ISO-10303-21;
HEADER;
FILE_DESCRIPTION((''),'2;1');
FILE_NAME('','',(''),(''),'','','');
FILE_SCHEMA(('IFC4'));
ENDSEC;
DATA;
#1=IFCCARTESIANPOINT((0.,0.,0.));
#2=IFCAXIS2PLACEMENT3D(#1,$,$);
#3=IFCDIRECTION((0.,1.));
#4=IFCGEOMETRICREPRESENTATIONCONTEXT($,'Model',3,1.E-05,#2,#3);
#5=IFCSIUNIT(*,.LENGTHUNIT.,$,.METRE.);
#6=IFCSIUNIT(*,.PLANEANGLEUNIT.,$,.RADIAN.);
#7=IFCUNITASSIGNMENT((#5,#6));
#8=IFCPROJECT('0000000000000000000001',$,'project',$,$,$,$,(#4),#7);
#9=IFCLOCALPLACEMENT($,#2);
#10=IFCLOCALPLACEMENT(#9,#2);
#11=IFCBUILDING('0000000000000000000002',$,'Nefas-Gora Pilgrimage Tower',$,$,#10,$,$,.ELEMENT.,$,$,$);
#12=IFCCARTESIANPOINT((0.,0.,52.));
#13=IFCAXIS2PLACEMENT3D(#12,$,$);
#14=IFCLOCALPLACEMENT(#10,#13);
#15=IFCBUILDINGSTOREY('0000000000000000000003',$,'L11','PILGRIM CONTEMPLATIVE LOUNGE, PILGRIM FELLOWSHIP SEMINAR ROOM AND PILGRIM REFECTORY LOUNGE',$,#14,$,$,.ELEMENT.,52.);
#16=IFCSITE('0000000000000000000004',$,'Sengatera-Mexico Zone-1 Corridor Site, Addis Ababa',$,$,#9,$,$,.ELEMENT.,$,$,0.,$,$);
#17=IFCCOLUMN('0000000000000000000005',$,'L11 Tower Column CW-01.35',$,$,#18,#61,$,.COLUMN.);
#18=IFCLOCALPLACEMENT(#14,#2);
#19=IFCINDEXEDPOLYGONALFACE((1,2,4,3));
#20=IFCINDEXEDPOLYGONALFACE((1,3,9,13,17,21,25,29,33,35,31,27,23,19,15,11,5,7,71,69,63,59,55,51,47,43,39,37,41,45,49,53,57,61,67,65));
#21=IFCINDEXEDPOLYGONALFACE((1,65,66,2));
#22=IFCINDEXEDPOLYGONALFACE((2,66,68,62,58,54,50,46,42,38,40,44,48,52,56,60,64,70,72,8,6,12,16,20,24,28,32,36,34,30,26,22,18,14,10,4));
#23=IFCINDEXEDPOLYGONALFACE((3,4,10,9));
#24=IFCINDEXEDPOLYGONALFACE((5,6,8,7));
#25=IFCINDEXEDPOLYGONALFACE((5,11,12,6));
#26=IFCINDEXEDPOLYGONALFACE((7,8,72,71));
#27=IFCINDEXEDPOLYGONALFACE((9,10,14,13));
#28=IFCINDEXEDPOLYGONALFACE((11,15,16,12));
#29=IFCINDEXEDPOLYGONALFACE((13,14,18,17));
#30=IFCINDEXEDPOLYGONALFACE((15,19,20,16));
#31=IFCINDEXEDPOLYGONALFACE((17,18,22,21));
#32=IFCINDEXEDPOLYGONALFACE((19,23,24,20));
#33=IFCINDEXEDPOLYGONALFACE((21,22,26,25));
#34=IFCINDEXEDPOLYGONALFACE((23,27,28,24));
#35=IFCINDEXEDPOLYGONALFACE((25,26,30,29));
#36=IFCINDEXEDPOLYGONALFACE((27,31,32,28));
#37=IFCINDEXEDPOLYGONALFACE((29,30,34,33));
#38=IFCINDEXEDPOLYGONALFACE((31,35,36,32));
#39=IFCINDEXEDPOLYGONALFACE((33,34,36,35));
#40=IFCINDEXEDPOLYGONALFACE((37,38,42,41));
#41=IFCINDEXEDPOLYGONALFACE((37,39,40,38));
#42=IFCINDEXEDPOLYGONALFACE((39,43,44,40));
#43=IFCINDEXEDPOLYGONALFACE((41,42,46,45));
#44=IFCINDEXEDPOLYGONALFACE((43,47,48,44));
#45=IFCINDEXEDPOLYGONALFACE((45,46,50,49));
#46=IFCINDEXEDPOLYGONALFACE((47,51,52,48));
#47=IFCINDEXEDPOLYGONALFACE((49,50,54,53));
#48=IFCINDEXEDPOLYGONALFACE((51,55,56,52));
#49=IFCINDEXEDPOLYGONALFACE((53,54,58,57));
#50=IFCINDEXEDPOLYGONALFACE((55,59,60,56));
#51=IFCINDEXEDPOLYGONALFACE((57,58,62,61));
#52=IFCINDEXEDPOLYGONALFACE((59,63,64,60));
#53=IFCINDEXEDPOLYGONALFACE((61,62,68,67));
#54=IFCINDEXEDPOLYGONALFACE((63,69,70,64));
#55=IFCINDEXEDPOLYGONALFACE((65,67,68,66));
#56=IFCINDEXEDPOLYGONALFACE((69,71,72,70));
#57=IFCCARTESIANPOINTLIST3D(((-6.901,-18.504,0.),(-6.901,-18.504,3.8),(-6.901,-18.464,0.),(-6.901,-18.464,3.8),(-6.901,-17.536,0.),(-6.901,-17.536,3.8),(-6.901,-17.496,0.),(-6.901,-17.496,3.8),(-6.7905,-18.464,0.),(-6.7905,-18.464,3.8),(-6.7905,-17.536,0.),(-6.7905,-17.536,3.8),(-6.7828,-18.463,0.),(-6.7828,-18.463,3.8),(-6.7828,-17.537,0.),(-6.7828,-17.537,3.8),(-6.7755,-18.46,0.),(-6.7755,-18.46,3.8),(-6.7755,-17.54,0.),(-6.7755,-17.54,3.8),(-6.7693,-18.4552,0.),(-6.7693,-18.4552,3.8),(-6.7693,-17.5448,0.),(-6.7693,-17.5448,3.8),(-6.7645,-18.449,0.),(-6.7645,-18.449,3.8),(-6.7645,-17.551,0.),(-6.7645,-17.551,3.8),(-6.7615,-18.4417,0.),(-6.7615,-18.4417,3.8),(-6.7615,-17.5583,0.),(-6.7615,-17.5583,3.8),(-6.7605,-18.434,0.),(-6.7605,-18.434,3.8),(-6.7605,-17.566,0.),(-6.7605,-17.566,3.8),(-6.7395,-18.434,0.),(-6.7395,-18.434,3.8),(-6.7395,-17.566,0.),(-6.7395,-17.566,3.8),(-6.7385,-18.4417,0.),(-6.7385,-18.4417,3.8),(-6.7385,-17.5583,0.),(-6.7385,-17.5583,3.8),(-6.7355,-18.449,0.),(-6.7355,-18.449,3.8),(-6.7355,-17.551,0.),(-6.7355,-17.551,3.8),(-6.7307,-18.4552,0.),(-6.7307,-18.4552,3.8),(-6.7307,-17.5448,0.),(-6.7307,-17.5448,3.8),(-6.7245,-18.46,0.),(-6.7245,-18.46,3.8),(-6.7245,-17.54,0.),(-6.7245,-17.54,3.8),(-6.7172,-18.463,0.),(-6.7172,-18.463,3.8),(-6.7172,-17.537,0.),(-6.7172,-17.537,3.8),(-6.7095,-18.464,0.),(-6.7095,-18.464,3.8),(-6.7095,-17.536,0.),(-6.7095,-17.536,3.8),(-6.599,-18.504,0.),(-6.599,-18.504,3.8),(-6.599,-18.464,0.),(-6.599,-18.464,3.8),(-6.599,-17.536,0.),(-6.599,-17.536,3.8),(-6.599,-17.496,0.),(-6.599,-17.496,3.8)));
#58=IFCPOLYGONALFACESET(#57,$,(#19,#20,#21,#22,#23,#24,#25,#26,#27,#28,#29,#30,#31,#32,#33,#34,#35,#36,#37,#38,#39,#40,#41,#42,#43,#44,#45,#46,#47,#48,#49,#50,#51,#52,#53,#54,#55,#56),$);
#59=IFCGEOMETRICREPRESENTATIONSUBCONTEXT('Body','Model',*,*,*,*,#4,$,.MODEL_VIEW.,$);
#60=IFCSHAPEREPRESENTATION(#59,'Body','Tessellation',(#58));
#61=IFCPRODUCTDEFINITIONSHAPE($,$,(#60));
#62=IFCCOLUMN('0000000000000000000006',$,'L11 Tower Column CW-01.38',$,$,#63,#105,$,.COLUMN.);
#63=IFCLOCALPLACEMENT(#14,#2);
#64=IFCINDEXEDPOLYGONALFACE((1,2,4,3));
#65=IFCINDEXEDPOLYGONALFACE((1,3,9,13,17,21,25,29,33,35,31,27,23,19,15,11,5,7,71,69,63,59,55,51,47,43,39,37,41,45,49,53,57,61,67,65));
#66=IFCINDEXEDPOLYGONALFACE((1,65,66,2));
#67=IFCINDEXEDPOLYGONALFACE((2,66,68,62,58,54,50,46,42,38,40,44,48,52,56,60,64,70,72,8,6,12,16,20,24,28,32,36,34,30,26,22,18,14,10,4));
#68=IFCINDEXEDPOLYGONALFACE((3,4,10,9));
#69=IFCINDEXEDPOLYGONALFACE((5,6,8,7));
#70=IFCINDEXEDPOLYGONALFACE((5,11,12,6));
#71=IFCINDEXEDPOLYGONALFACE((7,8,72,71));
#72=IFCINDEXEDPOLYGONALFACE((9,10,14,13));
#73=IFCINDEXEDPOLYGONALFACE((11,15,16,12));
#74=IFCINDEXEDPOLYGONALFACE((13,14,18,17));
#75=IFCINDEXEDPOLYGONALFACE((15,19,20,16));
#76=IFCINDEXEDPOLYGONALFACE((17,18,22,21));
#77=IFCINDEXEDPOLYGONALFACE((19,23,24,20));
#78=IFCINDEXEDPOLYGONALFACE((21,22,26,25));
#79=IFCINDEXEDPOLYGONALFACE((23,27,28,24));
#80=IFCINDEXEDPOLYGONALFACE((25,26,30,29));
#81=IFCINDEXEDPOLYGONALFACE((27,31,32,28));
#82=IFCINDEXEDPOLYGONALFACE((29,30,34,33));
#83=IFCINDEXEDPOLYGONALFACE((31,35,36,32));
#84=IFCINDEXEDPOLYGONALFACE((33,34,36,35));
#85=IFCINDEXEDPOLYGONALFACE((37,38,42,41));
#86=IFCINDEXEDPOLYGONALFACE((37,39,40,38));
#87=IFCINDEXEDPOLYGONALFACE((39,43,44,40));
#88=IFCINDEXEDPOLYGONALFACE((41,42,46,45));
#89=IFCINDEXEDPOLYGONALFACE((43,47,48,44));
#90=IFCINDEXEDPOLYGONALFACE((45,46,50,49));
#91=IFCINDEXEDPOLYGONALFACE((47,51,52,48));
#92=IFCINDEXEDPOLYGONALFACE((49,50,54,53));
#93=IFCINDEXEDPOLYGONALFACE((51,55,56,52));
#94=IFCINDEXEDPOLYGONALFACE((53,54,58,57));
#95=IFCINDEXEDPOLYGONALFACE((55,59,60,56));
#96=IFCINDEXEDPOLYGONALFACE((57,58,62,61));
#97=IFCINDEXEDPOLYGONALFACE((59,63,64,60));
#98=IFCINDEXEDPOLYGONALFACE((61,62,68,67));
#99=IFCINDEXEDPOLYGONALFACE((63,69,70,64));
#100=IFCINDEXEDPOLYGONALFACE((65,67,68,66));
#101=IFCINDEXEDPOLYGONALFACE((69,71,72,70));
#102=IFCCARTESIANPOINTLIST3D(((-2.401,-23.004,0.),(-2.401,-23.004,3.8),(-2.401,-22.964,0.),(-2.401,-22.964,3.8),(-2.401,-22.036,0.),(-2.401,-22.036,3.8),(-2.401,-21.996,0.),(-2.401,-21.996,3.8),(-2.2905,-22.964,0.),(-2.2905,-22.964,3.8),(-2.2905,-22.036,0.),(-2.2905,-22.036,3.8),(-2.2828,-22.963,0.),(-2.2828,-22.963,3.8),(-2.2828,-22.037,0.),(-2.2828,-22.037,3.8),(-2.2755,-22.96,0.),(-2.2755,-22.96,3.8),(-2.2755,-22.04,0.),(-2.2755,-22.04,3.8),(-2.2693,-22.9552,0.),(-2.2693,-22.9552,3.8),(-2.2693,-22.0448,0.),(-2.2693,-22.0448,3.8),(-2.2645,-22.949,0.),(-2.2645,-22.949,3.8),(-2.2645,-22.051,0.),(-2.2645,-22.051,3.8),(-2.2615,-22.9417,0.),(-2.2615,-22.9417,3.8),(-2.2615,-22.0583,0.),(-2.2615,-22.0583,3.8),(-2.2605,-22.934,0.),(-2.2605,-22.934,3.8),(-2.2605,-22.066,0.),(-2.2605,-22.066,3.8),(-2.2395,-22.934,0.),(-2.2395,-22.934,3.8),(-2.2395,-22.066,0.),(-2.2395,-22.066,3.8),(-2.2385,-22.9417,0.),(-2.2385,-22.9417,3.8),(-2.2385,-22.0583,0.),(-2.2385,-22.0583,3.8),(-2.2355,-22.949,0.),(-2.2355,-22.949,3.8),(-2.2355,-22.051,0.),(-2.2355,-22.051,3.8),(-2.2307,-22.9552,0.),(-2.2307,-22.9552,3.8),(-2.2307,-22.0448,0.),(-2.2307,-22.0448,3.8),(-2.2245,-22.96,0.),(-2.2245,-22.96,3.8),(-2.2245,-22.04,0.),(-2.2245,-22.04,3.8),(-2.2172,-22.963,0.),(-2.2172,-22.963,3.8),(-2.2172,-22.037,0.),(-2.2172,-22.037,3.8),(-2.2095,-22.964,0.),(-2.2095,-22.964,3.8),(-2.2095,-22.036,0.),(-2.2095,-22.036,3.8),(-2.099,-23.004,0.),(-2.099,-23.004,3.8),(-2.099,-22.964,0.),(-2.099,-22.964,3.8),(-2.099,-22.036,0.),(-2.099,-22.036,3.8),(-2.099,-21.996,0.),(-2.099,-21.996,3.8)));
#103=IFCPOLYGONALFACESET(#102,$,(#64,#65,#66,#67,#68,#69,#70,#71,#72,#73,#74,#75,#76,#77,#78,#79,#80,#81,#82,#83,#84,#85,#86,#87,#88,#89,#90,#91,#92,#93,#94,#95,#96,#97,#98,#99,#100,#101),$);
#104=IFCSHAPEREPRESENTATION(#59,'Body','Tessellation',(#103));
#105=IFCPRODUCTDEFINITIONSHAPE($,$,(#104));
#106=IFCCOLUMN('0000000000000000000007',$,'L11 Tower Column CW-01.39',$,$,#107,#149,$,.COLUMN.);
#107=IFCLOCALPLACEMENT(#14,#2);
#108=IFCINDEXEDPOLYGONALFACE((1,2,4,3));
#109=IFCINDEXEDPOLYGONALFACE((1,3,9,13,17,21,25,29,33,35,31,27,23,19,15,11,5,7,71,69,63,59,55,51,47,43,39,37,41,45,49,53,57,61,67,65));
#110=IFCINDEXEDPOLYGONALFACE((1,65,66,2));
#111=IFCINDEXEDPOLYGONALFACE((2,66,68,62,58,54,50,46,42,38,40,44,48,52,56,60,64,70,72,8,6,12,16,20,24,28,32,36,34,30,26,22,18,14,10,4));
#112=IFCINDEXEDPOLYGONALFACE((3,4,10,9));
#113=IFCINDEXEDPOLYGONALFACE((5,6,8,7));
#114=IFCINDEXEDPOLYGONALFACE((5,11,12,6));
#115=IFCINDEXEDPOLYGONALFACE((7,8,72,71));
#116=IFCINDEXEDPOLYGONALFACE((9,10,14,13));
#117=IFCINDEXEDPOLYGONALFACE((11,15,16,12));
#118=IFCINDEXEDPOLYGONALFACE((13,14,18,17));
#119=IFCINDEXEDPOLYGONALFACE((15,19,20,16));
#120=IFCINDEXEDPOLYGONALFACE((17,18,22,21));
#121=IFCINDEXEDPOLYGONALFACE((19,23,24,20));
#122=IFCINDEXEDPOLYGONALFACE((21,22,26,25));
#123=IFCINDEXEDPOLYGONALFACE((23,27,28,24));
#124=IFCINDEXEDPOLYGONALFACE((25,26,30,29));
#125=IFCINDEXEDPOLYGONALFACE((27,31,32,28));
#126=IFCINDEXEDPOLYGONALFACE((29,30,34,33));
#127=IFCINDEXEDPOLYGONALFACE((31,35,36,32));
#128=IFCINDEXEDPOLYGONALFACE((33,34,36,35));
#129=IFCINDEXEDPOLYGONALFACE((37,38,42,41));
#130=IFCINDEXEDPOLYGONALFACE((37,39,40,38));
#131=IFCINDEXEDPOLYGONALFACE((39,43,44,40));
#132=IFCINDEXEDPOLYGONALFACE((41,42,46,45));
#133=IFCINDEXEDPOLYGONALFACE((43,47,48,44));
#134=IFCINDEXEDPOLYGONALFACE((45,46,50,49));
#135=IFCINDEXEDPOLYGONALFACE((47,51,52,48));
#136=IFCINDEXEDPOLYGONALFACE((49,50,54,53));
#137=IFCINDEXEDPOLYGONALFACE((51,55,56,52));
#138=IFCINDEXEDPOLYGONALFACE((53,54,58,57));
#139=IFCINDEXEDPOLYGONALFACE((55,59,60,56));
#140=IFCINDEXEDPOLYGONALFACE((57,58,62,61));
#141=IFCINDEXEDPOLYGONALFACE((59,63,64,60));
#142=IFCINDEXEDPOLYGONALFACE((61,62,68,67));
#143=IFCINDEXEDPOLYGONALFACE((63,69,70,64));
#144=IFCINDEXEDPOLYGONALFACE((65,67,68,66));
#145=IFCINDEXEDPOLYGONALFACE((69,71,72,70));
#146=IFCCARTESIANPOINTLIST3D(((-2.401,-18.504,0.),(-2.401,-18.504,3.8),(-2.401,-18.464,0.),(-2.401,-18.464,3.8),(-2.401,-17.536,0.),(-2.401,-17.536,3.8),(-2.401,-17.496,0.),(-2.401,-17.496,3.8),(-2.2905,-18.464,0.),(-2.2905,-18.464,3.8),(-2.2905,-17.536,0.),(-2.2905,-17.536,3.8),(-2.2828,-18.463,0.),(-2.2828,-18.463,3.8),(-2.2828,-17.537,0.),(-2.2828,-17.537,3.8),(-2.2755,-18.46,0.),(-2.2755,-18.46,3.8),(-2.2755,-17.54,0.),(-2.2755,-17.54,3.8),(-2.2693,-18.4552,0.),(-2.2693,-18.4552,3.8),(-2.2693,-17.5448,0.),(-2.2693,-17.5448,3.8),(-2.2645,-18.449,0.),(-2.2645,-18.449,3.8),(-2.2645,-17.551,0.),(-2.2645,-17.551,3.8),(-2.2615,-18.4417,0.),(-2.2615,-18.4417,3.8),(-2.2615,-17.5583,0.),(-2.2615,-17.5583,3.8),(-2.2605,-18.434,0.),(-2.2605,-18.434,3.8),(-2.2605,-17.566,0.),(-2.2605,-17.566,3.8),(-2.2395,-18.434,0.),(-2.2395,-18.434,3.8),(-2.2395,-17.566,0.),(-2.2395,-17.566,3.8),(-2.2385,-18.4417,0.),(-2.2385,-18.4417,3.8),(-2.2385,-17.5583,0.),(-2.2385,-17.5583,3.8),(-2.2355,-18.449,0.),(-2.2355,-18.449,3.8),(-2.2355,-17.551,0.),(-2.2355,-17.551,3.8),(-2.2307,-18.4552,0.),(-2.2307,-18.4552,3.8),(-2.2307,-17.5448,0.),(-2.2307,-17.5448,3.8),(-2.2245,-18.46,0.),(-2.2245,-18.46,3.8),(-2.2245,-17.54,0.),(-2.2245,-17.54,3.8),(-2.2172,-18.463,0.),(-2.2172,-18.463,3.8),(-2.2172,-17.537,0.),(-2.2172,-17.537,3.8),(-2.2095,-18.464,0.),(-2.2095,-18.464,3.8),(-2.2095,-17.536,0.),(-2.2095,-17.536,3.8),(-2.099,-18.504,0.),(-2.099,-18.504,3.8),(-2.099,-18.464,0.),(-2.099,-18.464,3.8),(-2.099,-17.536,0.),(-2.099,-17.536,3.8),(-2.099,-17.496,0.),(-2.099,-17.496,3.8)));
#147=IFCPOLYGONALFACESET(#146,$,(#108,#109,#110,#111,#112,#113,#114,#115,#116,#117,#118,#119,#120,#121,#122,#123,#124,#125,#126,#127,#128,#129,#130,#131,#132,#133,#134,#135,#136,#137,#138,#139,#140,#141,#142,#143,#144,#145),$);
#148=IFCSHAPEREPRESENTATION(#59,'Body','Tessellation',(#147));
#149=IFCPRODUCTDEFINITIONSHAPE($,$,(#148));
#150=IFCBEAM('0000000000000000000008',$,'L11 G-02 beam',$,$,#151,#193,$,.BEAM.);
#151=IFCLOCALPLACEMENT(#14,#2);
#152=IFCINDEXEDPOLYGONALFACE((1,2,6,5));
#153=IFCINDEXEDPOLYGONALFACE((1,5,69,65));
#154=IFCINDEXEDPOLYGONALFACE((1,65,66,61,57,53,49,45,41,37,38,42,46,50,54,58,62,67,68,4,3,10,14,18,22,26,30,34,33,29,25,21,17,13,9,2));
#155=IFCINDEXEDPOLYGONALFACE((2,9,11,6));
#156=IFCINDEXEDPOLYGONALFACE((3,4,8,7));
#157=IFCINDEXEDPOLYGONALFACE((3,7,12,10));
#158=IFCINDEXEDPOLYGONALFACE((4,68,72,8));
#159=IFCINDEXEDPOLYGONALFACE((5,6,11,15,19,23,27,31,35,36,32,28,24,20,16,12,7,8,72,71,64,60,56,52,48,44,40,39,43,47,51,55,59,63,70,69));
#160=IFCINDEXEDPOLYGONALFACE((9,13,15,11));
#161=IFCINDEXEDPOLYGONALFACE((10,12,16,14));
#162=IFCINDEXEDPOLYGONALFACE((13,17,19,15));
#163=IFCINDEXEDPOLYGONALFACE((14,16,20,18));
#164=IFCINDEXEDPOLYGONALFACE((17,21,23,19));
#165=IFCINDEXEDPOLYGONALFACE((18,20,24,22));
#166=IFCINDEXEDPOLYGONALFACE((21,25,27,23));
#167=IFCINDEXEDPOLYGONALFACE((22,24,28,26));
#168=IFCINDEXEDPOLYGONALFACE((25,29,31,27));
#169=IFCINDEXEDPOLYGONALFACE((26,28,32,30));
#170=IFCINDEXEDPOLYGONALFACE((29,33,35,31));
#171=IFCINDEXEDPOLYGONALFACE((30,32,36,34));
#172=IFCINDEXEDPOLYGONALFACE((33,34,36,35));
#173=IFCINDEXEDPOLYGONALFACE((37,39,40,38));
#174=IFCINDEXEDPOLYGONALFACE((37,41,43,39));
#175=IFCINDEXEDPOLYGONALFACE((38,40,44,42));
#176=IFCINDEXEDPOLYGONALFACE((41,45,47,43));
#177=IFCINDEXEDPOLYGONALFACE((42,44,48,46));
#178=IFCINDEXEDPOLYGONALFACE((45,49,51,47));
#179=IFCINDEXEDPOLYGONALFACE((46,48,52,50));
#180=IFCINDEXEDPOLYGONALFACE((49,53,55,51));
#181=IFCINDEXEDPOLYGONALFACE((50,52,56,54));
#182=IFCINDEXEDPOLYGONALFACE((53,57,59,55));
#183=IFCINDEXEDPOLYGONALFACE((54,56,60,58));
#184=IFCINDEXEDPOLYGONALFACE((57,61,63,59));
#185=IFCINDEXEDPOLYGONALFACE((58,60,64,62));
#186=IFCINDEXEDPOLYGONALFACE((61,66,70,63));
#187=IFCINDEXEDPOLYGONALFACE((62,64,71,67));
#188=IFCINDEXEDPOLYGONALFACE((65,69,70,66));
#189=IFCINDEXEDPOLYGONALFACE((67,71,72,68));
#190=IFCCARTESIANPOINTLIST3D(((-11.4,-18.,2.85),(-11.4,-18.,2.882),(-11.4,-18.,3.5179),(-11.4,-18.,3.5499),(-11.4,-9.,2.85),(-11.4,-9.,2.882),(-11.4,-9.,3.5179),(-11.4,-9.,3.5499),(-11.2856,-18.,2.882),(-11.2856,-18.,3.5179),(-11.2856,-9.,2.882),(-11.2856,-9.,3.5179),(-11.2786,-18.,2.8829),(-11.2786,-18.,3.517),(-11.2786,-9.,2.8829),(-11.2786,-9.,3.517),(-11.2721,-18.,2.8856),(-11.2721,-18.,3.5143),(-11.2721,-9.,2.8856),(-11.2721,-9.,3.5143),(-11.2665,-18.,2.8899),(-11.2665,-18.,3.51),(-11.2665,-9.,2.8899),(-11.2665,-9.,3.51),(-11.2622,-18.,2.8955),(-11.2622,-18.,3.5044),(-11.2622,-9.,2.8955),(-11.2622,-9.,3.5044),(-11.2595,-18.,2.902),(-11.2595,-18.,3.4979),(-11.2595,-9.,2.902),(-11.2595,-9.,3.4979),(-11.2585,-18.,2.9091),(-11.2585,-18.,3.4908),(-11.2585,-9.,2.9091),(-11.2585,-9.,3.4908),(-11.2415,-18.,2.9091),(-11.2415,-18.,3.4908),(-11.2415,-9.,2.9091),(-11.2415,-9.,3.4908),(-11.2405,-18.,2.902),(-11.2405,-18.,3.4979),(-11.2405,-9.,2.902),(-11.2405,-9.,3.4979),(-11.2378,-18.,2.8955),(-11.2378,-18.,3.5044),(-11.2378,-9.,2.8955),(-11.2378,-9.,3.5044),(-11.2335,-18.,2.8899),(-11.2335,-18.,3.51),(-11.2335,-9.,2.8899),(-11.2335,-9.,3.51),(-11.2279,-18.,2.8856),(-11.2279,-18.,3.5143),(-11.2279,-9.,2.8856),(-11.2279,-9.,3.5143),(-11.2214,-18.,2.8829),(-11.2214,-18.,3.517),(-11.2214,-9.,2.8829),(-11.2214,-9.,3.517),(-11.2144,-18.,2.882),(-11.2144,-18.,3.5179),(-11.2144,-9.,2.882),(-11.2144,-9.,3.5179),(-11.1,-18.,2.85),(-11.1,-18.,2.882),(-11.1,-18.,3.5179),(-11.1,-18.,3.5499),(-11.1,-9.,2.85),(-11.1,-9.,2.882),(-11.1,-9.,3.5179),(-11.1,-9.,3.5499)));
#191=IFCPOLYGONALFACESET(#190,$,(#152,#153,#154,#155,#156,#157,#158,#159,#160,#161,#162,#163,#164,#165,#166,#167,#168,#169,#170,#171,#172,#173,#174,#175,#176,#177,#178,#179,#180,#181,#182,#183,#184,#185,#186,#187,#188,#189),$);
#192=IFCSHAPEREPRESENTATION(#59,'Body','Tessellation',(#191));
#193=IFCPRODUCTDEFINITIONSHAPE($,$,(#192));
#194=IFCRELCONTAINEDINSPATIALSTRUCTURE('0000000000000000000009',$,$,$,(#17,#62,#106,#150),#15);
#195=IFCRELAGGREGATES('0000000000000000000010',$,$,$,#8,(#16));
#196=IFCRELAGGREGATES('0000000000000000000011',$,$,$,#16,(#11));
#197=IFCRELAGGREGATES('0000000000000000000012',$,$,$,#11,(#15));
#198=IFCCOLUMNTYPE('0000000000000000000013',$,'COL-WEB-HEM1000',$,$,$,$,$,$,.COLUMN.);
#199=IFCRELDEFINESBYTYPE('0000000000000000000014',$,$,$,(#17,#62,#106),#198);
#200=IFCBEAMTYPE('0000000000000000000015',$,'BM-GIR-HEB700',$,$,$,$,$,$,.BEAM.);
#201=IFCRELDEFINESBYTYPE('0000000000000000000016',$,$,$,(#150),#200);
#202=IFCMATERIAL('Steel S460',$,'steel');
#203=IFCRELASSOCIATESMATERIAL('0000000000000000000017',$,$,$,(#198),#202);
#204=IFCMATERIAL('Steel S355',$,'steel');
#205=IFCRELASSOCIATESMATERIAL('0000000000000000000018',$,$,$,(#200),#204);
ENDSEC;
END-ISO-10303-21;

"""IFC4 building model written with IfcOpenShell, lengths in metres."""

from ifc_helpers import new_model, si_unit, direction, frame, origin, origin_2d, place, context, subcontext, project, spatial, i_section, extrude, source, transform, mapped, material, material_profile, profile_set, type_object, element, save


model = new_model("IFC4")

# Units and contexts
model_context = context("Model", 3, precision=1e-05, world=origin(), true_north=direction((0.0, 1.0)))
body_context = subcontext(model_context, "Body", "Model", "MODEL_VIEW")
ifc_project = project(units=[si_unit("LENGTHUNIT", "METRE"), si_unit("PLANEANGLEUNIT", "RADIAN")], contexts=[model_context])

# Site, building, storey
site_placement = place(None, origin())
site = spatial("IfcSite", under=ifc_project, at=site_placement, Name="Sengatera-Mexico Zone-1 Corridor Site, Addis Ababa", CompositionType="ELEMENT", RefElevation=0.0)
building_placement = place(site_placement, origin())
building = spatial("IfcBuilding", under=site, at=building_placement, Name="Nefas-Gora Pilgrimage Tower", CompositionType="ELEMENT")
storey_placement = place(building_placement, frame((0.0, 0.0, 52.0)))
storey = spatial("IfcBuildingStorey", under=building, at=storey_placement, Name="L11", Description="PILGRIM CONTEMPLATIVE LOUNGE, PILGRIM FELLOWSHIP SEMINAR ROOM AND PILGRIM REFECTORY LOUNGE", CompositionType="ELEMENT", Elevation=52.0)

# Columns
ifc_material_1 = material(Name="Steel S460", Category="steel")
ifc_material_profile_1 = material_profile(ifc_material_1, i_section(OverallWidth=0.302, OverallDepth=1.0081, WebThickness=0.021, FlangeThickness=0.04, FilletRadius=0.03, at=origin_2d()), Name="HEM 1000")
ifc_profile_set_1 = profile_set([ifc_material_profile_1], Name="Steel S460")
column_type_1 = type_object("IfcColumnType", Name="COL-WEB-HEM1000", PredefinedType="COLUMN", material=ifc_profile_set_1)
shared_shape_1 = source(origin(), body_context, "Body", "SweptSolid", [
    extrude(i_section(OverallWidth=0.302, OverallDepth=1.0081, WebThickness=0.021, FlangeThickness=0.04, FilletRadius=0.03, at=origin_2d()), origin(), (0.0, 0.0, 1.0), 3.8),
])
for number, where, z_axis, x_axis, name in (
    (1, (-6.75, -18.0, 0.0), (0.0, 0.0, 1.0), (1.0, 0.0, 0.0), "L11 Tower Column CW-01.35"),
    (2, (-2.25, -22.5, 0.0), (0.0, 0.0, 1.0), (1.0, 0.0, 0.0), "L11 Tower Column CW-01.38"),
    (3, (-2.25, -18.0, 0.0), (0.0, 0.0, 1.0), (1.0, 0.0, 0.0), "L11 Tower Column CW-01.39"),
):
    element("IfcColumn", number, at=place(storey_placement, frame(where, z_axis=z_axis, x_axis=x_axis)), inside=storey, type_object=column_type_1, Name=name, PredefinedType="COLUMN", context=body_context, shape_type="MappedRepresentation", body=[
        mapped(shared_shape_1, transform((0.0, 0.0, 0.0), x_axis=(1.0, 0.0, 0.0), y_axis=(0.0, 1.0, 0.0), z_axis=(0.0, 0.0, 1.0), scale=1.0)),
    ])

# Beam
ifc_material_2 = material(Name="Steel S355", Category="steel")
ifc_material_profile_2 = material_profile(ifc_material_2, i_section(OverallWidth=0.3, OverallDepth=0.7, WebThickness=0.0171, FlangeThickness=0.032, FilletRadius=0.0271, at=origin_2d()), Name="HEB 700")
ifc_profile_set_2 = profile_set([ifc_material_profile_2], Name="Steel S355")
beam_type = type_object("IfcBeamType", Name="BM-GIR-HEB700", PredefinedType="BEAM", material=ifc_profile_set_2)
shared_shape_2 = source(origin(), body_context, "Body", "SweptSolid", [
    extrude(i_section(OverallWidth=0.3, OverallDepth=0.7, WebThickness=0.0171, FlangeThickness=0.032, FilletRadius=0.0271, at=origin_2d()), origin(), (0.0, 0.0, 1.0), 9.0),
])
beam_placement = place(storey_placement, frame((-11.25, -18.0, 3.2), z_axis=(0.0, 1.0, 0.0), x_axis=(-1.0, 0.0, 0.0)))
element("IfcBeam", 4, at=beam_placement, inside=storey, type_object=beam_type, Name="L11 G-02 beam", PredefinedType="BEAM", context=body_context, shape_type="MappedRepresentation", body=[
    mapped(shared_shape_2, transform((0.0, 0.0, 0.0), x_axis=(1.0, 0.0, 0.0), y_axis=(0.0, 1.0, 0.0), z_axis=(0.0, 0.0, 1.0), scale=1.0)),
])

save(model, "model.ifc")
